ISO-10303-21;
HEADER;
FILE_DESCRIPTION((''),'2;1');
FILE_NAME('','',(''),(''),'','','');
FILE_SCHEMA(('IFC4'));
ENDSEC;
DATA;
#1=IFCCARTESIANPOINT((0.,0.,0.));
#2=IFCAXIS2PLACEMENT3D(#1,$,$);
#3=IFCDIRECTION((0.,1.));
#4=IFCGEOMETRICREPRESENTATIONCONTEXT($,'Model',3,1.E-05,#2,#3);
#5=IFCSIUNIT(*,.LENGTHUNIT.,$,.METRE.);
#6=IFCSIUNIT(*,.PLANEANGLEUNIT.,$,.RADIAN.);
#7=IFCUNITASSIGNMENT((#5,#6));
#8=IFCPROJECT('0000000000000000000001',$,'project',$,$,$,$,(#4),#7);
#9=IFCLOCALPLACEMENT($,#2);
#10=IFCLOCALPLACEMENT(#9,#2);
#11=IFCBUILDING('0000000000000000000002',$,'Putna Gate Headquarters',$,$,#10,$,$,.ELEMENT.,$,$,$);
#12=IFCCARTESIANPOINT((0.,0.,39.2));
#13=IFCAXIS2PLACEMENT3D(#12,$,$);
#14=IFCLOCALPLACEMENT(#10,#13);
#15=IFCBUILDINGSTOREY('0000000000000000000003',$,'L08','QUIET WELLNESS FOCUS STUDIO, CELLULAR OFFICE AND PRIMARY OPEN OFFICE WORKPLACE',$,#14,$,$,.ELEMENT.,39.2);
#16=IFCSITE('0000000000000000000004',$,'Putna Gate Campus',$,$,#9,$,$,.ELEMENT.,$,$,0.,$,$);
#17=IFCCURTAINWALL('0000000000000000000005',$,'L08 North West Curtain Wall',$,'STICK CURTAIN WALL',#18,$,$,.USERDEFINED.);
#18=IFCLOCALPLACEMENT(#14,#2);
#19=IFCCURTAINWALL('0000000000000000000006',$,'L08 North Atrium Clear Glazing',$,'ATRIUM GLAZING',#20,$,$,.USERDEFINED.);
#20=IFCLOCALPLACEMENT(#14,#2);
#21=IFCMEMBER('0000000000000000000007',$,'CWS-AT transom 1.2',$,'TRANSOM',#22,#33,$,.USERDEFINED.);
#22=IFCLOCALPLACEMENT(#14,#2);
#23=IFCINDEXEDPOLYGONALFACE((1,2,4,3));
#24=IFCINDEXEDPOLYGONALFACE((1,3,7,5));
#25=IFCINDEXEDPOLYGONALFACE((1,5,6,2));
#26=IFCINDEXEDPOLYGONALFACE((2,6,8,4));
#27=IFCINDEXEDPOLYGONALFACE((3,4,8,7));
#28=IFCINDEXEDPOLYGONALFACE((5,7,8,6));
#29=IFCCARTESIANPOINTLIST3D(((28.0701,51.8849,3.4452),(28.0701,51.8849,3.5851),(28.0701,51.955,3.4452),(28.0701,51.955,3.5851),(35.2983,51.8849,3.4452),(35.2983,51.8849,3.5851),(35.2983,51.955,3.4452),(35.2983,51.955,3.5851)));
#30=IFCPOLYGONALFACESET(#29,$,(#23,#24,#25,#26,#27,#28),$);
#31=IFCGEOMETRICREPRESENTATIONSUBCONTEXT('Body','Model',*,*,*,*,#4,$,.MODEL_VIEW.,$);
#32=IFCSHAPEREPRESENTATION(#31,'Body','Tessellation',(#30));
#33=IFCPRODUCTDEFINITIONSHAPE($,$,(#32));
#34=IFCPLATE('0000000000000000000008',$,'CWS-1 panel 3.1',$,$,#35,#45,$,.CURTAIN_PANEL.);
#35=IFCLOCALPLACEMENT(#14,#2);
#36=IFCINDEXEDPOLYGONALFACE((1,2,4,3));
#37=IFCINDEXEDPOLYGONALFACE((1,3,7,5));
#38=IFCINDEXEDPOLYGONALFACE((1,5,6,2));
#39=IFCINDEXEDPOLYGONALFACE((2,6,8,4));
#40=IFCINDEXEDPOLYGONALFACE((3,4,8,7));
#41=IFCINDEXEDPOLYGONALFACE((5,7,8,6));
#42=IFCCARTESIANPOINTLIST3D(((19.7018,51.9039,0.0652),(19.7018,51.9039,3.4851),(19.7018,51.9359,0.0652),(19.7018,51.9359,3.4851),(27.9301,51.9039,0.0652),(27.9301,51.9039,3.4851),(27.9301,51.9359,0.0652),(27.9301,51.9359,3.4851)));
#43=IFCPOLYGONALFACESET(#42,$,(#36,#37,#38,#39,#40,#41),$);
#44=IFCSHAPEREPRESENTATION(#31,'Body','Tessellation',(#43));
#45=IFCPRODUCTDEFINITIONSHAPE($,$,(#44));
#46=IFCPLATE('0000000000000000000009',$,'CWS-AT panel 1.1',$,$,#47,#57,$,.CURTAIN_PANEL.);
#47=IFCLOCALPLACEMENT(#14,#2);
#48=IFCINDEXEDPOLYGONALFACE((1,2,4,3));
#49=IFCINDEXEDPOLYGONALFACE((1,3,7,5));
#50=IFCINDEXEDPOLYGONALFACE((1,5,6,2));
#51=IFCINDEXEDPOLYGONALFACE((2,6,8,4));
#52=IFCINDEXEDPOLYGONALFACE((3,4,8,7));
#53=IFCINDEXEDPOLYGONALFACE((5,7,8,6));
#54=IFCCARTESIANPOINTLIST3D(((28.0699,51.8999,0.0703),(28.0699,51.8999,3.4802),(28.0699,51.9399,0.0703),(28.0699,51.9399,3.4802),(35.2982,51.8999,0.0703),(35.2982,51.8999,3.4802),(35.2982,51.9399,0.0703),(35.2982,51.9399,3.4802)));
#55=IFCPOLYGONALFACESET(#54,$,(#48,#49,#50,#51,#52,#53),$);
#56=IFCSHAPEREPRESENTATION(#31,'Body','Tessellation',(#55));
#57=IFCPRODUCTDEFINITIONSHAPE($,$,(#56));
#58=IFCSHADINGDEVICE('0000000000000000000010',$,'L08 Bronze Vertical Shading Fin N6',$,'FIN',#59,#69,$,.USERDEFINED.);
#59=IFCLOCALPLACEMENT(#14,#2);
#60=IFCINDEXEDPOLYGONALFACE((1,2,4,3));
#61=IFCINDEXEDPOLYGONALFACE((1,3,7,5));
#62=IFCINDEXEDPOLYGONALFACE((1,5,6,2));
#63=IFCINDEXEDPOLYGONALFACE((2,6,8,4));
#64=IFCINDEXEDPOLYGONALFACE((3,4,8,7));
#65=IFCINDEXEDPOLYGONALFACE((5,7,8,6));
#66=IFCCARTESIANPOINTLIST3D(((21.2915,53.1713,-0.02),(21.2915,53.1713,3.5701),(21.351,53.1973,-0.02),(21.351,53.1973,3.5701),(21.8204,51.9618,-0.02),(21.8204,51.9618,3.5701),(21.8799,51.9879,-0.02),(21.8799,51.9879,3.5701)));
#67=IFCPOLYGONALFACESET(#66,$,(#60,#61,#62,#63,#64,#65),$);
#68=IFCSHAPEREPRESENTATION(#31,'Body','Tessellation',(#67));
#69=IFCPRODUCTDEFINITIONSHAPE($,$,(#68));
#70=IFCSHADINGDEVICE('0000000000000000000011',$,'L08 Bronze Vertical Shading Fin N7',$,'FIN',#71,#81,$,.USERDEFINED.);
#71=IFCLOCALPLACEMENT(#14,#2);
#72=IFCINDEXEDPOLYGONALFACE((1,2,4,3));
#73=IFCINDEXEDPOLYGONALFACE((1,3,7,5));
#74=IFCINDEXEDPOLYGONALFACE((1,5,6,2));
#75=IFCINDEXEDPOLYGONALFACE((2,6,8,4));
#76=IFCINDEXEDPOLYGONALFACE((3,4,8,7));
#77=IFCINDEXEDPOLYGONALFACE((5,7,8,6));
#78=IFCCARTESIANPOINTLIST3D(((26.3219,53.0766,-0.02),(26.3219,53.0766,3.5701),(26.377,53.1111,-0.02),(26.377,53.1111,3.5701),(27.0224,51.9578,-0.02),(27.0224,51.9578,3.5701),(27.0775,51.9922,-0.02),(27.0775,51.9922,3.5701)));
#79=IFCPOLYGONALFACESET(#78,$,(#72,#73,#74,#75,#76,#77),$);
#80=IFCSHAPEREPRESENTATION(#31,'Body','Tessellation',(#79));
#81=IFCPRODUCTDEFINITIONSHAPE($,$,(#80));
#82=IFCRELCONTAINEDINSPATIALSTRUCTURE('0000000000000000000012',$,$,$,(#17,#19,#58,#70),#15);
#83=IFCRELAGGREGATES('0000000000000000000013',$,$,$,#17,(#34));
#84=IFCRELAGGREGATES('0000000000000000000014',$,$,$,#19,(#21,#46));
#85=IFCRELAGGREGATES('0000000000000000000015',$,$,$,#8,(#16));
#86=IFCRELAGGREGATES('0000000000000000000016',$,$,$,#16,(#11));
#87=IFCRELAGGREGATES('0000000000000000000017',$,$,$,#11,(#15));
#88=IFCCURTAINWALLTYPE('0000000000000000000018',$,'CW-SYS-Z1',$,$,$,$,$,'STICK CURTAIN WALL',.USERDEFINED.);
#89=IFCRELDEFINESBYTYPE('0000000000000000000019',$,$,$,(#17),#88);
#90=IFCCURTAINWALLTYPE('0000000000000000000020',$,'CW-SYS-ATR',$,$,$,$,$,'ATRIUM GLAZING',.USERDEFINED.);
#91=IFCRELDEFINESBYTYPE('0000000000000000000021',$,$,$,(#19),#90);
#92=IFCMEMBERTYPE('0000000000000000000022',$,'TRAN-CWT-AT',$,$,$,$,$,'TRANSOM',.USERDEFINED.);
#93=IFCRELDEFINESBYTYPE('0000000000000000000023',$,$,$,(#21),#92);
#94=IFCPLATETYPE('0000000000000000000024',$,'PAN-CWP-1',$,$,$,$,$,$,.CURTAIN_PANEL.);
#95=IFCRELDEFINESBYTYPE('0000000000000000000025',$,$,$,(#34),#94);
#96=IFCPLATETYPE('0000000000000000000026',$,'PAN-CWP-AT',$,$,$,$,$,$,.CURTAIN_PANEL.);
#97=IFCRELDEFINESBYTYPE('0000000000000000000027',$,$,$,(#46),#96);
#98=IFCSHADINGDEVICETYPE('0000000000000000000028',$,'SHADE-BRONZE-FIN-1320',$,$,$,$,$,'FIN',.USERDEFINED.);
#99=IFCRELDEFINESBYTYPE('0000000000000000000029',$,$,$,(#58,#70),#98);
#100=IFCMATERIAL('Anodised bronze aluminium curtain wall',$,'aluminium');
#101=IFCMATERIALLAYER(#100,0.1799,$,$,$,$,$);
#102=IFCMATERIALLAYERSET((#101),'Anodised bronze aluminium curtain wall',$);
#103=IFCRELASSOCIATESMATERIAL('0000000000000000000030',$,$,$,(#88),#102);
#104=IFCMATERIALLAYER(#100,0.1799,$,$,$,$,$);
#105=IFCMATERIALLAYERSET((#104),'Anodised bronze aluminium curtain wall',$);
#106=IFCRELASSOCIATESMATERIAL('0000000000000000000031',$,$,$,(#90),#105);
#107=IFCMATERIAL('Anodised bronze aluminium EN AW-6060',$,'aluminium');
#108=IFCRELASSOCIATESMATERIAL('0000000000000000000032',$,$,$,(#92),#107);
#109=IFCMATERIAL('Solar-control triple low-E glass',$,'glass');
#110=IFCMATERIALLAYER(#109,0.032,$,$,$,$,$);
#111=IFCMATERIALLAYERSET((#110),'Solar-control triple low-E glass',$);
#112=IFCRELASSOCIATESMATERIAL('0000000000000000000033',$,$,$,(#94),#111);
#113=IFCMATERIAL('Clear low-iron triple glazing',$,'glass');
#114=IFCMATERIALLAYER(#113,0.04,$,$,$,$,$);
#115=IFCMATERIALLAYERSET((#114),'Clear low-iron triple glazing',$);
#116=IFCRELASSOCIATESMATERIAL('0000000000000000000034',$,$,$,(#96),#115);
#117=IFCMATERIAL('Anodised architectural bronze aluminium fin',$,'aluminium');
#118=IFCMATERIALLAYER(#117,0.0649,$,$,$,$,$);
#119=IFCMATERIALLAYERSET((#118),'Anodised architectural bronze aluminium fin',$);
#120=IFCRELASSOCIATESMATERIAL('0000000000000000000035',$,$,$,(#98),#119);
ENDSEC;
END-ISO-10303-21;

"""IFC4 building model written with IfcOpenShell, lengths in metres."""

from ifc_helpers import new_model, si_unit, direction, frame, origin, origin_2d, place, context, subcontext, project, spatial, rectangle, extrude, material, layer, layer_set, material_profile, profile_set, type_object, element, aggregate, save


model = new_model("IFC4")

# Units and contexts
model_context = context("Model", 3, precision=1e-05, world=origin(), true_north=direction((0.0, 1.0)))
body_context = subcontext(model_context, "Body", "Model", "MODEL_VIEW")
ifc_project = project(units=[si_unit("LENGTHUNIT", "METRE"), si_unit("PLANEANGLEUNIT", "RADIAN")], contexts=[model_context])

# Site, building, storey
site_placement = place(None, origin())
site = spatial("IfcSite", under=ifc_project, at=site_placement, Name="Putna Gate Campus", CompositionType="ELEMENT", RefElevation=0.0)
building_placement = place(site_placement, origin())
building = spatial("IfcBuilding", under=site, at=building_placement, Name="Putna Gate Headquarters", CompositionType="ELEMENT")
storey_placement = place(building_placement, frame((0.0, 0.0, 39.2)))
storey = spatial("IfcBuildingStorey", under=building, at=storey_placement, Name="L08", Description="QUIET WELLNESS FOCUS STUDIO, CELLULAR OFFICE AND PRIMARY OPEN OFFICE WORKPLACE", CompositionType="ELEMENT", Elevation=39.2)

# Curtain wall
ifc_material_1 = material(Name="Anodised bronze aluminium curtain wall", Category="aluminium")
ifc_layer_1 = layer(ifc_material_1, 0.1799)
ifc_layer_set_1 = layer_set([ifc_layer_1], Name="Anodised bronze aluminium curtain wall")
curtain_wall_type_1 = type_object("IfcCurtainWallType", Name="CW-SYS-Z1", ElementType="STICK CURTAIN WALL", PredefinedType="USERDEFINED", material=ifc_layer_set_1)
curtain_wall_1_placement = place(storey_placement, origin())
curtain_wall_1 = element("IfcCurtainWall", 1, at=curtain_wall_1_placement, inside=storey, type_object=curtain_wall_type_1, Name="L08 North West Curtain Wall", ObjectType="STICK CURTAIN WALL", PredefinedType="USERDEFINED")
ifc_material_2 = material(Name="Anodised bronze aluminium EN AW-6060", Category="aluminium")

# Curtain wall
ifc_layer_2 = layer(ifc_material_1, 0.1799)
ifc_layer_set_2 = layer_set([ifc_layer_2], Name="Anodised bronze aluminium curtain wall")
curtain_wall_type_2 = type_object("IfcCurtainWallType", Name="CW-SYS-ATR", ElementType="ATRIUM GLAZING", PredefinedType="USERDEFINED", material=ifc_layer_set_2)
curtain_wall_2_placement = place(storey_placement, origin())
curtain_wall_2 = element("IfcCurtainWall", 2, at=curtain_wall_2_placement, inside=storey, type_object=curtain_wall_type_2, Name="L08 North Atrium Clear Glazing", ObjectType="ATRIUM GLAZING", PredefinedType="USERDEFINED")

# Member
ifc_material_profile_1 = material_profile(ifc_material_2, rectangle(XDim=0.0701, YDim=0.1399, at=origin_2d()), Name="Anodised bronze aluminium EN AW-6060")
ifc_profile_set_1 = profile_set([ifc_material_profile_1], Name="Anodised bronze aluminium EN AW-6060")
member_type_1 = type_object("IfcMemberType", Name="TRAN-CWT-AT", ElementType="TRANSOM", PredefinedType="USERDEFINED", material=ifc_profile_set_1)
member_1_placement = place(storey_placement, frame((28.0701, 51.9199, 3.5151), z_axis=(1.0, 0.0, 0.0), x_axis=(0.0, 1.0, 0.0)))
member_1 = element("IfcMember", 3, at=member_1_placement, type_object=member_type_1, Name="CWS-AT transom 1.2", ObjectType="TRANSOM", PredefinedType="USERDEFINED", context=body_context, shape_type="SweptSolid", body=[
    extrude(rectangle(XDim=0.0701, YDim=0.1399, at=origin_2d()), origin(), (0.0, 0.0, 1.0), 7.2283),
])

# Plates
ifc_material_3 = material(Name="Solar-control triple low-E glass", Category="glass")
ifc_layer_3 = layer(ifc_material_3, 0.032)
ifc_layer_set_3 = layer_set([ifc_layer_3], Name="Solar-control triple low-E glass")
plate_type_1 = type_object("IfcPlateType", Name="PAN-CWP-1", PredefinedType="CURTAIN_PANEL", material=ifc_layer_set_3)
plate_1_placement = place(storey_placement, frame((23.8159, 51.9199, 0.0652), z_axis=(0.0, 0.0, 1.0), x_axis=(1.0, 0.0, 0.0)))
plate_1 = element("IfcPlate", 4, at=plate_1_placement, type_object=plate_type_1, Name="CWS-1 panel 3.1", PredefinedType="CURTAIN_PANEL", context=body_context, shape_type="SweptSolid", body=[
    extrude(rectangle(XDim=8.2283, YDim=0.032, at=origin_2d()), origin(), (0.0, 0.0, 1.0), 3.4199),
])
aggregate(curtain_wall_1, [plate_1])
ifc_material_4 = material(Name="Clear low-iron triple glazing", Category="glass")
ifc_layer_4 = layer(ifc_material_4, 0.04)
ifc_layer_set_4 = layer_set([ifc_layer_4], Name="Clear low-iron triple glazing")
plate_type_2 = type_object("IfcPlateType", Name="PAN-CWP-AT", PredefinedType="CURTAIN_PANEL", material=ifc_layer_set_4)
plate_2_placement = place(storey_placement, frame((31.6841, 51.9199, 0.0703), z_axis=(0.0, 0.0, 1.0), x_axis=(1.0, 0.0, 0.0)))
plate_2 = element("IfcPlate", 5, at=plate_2_placement, type_object=plate_type_2, Name="CWS-AT panel 1.1", PredefinedType="CURTAIN_PANEL", context=body_context, shape_type="SweptSolid", body=[
    extrude(rectangle(XDim=7.2283, YDim=0.04, at=origin_2d()), origin(), (0.0, 0.0, 1.0), 3.4099),
])
aggregate(curtain_wall_2, [member_1, plate_2])

# Shading devices
ifc_material_5 = material(Name="Anodised architectural bronze aluminium fin", Category="aluminium")
ifc_layer_5 = layer(ifc_material_5, 0.0649)
ifc_layer_set_5 = layer_set([ifc_layer_5], Name="Anodised architectural bronze aluminium fin")
shading_device_type = type_object("IfcShadingDeviceType", Name="SHADE-BRONZE-FIN-1320", ElementType="FIN", PredefinedType="USERDEFINED", material=ifc_layer_set_5)
for number, where, z_axis, x_axis, name in (
    (6, (21.5857, 52.5796, -0.02), (0.0, 0.0, 1.0), (-0.400669, 0.916223, 0.0), "L08 Bronze Vertical Shading Fin N6"),
    (7, (26.6997, 52.5344, -0.02), (0.0, 0.0, 1.0), (-0.530659, 0.847585, 0.0), "L08 Bronze Vertical Shading Fin N7"),
):
    element("IfcShadingDevice", number, at=place(storey_placement, frame(where, z_axis=z_axis, x_axis=x_axis)), inside=storey, type_object=shading_device_type, Name=name, ObjectType="FIN", PredefinedType="USERDEFINED", context=body_context, shape_type="SweptSolid", body=[
        extrude(rectangle(XDim=1.3201, YDim=0.0649, at=origin_2d()), origin(), (0.0, 0.0, 1.0), 3.5901),
    ])

save(model, "model.ifc")
